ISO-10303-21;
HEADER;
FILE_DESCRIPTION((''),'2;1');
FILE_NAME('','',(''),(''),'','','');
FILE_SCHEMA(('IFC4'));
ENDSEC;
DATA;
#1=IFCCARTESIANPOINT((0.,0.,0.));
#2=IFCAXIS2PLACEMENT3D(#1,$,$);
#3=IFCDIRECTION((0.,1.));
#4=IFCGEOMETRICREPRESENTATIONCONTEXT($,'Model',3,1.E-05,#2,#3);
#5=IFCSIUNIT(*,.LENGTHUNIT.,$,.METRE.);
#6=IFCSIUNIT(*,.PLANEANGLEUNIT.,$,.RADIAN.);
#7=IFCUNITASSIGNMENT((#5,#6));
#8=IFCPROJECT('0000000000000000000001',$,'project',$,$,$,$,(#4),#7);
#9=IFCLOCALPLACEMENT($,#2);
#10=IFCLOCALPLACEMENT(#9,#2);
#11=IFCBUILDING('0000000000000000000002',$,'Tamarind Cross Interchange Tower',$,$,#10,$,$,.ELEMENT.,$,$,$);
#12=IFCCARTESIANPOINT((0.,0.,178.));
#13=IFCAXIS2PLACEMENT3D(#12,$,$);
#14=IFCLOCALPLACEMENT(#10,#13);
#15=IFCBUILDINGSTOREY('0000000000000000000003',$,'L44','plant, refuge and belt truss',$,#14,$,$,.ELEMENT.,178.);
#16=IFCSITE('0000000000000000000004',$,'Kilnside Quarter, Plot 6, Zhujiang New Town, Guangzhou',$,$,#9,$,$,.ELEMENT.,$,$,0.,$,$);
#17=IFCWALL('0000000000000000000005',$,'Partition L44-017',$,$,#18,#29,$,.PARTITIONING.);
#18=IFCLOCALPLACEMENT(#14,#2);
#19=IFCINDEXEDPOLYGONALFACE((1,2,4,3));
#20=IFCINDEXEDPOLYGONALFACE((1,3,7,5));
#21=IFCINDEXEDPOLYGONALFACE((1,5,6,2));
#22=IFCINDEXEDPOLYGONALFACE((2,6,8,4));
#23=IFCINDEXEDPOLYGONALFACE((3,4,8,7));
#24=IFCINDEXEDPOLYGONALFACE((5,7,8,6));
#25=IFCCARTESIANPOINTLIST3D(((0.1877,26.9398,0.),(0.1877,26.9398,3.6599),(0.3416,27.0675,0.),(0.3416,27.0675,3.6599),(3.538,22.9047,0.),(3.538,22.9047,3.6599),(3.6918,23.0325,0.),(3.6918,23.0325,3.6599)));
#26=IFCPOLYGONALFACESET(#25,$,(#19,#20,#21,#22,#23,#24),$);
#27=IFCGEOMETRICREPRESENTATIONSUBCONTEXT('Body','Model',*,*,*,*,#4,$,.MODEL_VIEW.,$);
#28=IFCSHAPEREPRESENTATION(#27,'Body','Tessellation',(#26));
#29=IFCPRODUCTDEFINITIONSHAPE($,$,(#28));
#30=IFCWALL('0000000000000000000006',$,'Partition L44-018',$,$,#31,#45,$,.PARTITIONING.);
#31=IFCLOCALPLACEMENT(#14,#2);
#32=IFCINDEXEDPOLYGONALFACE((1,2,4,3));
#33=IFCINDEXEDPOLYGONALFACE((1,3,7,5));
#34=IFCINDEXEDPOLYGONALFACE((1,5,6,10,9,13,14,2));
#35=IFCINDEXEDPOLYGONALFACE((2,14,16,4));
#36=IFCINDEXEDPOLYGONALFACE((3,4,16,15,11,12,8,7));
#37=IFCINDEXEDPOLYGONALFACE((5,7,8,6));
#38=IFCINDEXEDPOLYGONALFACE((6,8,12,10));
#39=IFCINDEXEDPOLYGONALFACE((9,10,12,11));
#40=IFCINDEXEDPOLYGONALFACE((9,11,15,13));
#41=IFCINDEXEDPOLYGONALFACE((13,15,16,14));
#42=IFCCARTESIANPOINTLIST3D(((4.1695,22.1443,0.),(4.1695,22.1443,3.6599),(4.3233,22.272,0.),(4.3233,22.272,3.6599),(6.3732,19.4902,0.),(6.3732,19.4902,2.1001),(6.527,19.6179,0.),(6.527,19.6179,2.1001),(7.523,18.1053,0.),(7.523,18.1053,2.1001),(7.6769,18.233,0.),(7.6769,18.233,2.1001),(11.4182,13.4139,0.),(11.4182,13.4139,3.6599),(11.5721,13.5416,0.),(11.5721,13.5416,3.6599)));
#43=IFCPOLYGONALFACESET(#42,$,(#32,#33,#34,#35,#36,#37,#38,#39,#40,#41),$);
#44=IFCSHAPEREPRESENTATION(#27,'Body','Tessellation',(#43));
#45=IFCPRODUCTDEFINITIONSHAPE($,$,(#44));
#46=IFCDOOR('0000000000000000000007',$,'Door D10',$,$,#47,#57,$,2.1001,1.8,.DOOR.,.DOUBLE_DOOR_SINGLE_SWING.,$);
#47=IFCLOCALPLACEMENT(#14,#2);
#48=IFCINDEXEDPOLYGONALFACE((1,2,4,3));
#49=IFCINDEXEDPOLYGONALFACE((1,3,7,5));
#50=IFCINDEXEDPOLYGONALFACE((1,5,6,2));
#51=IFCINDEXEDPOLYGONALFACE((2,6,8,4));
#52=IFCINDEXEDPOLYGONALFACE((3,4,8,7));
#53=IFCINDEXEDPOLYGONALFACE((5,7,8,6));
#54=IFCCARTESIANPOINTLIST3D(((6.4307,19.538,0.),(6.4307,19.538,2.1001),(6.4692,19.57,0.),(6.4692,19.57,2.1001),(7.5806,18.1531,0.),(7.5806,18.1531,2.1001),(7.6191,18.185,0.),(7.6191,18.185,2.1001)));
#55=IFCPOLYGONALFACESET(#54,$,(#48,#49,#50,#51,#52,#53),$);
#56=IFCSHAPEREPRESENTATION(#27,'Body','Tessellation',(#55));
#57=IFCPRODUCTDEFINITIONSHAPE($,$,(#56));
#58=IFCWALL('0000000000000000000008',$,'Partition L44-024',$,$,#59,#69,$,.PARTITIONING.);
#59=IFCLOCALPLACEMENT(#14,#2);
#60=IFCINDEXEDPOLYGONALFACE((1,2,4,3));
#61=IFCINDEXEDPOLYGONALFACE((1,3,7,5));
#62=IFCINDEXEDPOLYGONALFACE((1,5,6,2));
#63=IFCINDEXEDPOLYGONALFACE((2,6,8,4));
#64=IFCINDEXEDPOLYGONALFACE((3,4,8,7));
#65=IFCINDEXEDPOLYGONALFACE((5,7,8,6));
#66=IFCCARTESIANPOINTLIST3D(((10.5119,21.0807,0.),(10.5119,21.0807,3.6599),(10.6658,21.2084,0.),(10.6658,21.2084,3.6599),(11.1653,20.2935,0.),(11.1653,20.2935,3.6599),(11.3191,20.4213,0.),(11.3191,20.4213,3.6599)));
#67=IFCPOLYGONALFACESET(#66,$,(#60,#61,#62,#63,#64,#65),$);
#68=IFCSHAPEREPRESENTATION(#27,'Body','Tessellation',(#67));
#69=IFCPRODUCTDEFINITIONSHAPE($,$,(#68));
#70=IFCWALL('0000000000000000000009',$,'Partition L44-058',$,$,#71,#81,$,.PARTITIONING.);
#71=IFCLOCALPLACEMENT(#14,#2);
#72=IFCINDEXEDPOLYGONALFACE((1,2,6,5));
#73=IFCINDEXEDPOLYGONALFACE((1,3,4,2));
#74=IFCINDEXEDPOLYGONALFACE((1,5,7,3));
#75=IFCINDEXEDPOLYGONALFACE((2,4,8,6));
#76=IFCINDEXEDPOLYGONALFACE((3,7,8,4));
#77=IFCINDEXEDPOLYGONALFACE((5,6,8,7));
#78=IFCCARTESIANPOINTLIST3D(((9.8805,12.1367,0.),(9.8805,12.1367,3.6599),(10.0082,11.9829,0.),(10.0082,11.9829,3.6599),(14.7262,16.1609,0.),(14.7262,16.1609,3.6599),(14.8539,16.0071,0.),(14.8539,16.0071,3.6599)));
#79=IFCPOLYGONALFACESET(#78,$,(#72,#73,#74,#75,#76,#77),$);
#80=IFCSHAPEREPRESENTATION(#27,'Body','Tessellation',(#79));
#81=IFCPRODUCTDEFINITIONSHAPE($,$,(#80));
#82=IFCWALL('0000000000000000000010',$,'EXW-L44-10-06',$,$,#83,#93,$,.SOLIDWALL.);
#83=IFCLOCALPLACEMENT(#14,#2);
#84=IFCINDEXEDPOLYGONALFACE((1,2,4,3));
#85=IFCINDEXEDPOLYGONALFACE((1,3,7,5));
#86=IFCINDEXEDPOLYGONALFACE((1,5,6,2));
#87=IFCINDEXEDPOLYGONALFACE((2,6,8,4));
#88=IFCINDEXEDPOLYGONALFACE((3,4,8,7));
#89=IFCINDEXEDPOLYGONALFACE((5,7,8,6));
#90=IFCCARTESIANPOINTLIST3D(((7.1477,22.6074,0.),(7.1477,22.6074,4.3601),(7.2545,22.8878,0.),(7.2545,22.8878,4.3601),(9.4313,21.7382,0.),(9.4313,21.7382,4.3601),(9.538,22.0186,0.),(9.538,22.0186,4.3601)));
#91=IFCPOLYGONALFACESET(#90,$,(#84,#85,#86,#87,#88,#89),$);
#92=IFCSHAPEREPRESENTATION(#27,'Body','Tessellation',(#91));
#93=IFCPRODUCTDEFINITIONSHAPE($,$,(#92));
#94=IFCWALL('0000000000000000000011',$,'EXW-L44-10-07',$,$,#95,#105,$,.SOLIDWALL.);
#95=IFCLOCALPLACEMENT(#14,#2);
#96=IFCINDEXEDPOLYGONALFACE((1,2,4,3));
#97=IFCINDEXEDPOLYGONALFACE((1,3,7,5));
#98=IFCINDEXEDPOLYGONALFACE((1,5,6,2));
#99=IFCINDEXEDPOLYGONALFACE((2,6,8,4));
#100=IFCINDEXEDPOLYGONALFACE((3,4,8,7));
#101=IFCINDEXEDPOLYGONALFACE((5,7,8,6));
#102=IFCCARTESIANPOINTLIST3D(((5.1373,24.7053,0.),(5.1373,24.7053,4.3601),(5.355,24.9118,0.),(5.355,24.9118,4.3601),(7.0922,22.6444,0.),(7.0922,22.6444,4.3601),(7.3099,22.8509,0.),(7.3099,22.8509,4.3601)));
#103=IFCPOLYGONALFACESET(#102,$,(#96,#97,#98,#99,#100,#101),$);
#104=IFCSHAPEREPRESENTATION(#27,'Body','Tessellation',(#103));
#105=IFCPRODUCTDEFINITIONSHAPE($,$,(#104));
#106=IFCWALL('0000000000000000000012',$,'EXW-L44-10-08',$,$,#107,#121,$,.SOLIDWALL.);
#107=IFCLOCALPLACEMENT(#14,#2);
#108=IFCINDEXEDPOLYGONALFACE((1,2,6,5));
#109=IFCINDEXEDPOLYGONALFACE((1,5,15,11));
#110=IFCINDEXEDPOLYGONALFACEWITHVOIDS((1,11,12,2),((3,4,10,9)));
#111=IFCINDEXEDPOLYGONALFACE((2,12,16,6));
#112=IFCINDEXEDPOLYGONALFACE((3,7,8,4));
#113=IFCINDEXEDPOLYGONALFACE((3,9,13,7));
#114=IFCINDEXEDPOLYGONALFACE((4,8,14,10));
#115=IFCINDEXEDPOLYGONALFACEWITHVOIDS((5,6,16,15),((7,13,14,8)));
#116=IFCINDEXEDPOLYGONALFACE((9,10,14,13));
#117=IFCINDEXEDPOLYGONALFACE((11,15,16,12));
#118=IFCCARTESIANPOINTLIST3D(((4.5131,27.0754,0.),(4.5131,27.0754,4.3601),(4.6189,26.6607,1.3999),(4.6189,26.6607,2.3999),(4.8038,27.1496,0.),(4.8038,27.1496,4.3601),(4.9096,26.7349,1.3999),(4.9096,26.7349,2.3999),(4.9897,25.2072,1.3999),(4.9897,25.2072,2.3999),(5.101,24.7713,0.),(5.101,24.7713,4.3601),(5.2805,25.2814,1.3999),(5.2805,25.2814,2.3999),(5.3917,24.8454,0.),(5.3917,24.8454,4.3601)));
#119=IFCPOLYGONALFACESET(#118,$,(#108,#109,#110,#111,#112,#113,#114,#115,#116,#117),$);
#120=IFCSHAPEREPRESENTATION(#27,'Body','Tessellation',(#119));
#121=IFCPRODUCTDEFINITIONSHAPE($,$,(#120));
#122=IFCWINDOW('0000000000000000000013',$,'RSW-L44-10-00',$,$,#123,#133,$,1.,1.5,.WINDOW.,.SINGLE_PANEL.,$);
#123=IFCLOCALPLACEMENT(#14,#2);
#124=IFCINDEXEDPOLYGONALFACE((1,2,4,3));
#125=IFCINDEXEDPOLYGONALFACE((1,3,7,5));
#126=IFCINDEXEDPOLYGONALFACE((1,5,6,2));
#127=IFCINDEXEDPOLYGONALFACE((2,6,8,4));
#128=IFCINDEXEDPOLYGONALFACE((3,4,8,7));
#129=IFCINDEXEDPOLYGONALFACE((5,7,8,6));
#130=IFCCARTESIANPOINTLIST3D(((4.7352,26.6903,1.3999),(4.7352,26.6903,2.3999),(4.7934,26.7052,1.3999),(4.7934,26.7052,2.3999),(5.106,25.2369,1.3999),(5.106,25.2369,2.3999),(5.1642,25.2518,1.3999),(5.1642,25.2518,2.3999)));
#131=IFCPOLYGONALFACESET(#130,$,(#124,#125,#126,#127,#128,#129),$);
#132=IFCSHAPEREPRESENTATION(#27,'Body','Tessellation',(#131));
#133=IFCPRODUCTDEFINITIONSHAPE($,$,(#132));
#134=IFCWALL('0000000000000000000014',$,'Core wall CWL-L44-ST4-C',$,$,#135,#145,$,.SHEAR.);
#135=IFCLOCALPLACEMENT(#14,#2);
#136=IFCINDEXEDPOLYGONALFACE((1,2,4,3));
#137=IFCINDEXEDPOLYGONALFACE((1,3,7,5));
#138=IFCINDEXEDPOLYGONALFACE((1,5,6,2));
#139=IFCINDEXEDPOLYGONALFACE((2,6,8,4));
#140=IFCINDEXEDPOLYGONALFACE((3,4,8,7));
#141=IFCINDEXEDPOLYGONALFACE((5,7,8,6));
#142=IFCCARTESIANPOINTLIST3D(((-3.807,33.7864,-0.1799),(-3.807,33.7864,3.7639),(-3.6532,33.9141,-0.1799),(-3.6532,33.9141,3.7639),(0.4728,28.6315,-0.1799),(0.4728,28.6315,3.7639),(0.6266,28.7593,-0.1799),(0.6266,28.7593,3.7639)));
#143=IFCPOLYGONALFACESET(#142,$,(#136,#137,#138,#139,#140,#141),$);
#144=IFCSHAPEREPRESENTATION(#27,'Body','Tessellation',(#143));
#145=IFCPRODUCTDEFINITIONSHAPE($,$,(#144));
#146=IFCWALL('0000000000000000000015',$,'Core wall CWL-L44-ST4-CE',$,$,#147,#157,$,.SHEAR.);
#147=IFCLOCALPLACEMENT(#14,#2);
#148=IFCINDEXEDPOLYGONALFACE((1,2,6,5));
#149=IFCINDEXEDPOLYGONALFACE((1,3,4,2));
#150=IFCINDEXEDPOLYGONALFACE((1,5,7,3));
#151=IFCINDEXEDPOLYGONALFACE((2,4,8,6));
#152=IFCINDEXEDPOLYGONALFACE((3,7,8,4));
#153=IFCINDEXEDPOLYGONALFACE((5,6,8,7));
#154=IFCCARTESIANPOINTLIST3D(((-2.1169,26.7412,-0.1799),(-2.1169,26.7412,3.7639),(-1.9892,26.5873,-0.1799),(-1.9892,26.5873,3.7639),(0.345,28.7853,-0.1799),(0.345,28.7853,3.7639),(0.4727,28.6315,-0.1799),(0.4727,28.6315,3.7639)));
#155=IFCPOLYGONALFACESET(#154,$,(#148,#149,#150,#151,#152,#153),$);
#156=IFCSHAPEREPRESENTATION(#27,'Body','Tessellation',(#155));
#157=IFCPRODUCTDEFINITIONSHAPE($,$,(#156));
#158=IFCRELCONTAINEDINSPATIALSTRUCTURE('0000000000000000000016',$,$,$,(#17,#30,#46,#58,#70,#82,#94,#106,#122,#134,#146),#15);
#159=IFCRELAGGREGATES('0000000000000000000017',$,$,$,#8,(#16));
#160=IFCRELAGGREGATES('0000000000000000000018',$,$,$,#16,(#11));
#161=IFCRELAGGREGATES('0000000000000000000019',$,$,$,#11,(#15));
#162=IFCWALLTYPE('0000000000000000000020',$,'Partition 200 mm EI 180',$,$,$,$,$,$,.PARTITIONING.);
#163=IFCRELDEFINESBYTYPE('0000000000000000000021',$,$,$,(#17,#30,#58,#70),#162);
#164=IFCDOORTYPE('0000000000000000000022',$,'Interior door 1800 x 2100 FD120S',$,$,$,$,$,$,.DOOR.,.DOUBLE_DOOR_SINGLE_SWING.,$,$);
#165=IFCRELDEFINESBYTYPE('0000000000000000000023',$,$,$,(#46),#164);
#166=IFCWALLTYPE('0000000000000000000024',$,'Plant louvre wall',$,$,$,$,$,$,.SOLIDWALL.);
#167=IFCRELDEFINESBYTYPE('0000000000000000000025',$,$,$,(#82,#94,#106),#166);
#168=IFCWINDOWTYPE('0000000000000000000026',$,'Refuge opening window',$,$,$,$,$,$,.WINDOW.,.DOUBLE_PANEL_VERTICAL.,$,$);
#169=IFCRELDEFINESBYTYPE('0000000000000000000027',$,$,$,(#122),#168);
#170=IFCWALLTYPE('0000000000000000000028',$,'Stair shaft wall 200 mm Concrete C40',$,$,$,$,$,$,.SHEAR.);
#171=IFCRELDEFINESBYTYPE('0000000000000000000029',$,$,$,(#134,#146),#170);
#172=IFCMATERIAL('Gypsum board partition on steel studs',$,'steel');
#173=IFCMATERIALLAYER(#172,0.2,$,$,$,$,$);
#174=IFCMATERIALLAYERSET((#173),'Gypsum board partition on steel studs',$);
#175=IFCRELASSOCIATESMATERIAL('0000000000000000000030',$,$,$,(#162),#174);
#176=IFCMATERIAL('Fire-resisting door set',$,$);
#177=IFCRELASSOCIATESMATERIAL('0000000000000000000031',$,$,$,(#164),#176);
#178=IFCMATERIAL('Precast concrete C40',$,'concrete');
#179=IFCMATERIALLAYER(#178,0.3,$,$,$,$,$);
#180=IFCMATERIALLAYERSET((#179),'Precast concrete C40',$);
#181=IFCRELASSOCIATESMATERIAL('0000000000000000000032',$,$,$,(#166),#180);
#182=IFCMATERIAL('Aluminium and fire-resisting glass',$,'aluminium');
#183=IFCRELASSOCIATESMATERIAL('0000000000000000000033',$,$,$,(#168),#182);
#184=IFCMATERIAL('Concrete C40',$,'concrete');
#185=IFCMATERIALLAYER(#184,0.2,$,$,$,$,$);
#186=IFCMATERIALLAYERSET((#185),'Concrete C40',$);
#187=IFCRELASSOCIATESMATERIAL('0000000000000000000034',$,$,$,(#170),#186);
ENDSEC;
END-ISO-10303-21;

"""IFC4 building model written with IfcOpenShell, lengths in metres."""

from ifc_helpers import new_model, si_unit, direction, frame, frame_2d, origin, place, context, subcontext, project, spatial, rectangle, extrude, material, layer, layer_set, type_object, element, fill, save


model = new_model("IFC4")

# Units and contexts
model_context = context("Model", 3, precision=1e-05, world=origin(), true_north=direction((0.0, 1.0)))
body_context = subcontext(model_context, "Body", "Model", "MODEL_VIEW")
ifc_project = project(units=[si_unit("LENGTHUNIT", "METRE"), si_unit("PLANEANGLEUNIT", "RADIAN")], contexts=[model_context])

# Site, building, storey
site_placement = place(None, origin())
site = spatial("IfcSite", under=ifc_project, at=site_placement, Name="Kilnside Quarter, Plot 6, Zhujiang New Town, Guangzhou", CompositionType="ELEMENT", RefElevation=0.0)
building_placement = place(site_placement, origin())
building = spatial("IfcBuilding", under=site, at=building_placement, Name="Tamarind Cross Interchange Tower", CompositionType="ELEMENT")
storey_placement = place(building_placement, frame((0.0, 0.0, 178.0)))
storey = spatial("IfcBuildingStorey", under=building, at=storey_placement, Name="L44", Description="plant, refuge and belt truss", CompositionType="ELEMENT", Elevation=178.0)

# Wall
ifc_material_1 = material(Name="Gypsum board partition on steel studs", Category="steel")
ifc_layer_1 = layer(ifc_material_1, 0.2)
ifc_layer_set_1 = layer_set([ifc_layer_1], Name="Gypsum board partition on steel studs")
wall_type_1 = type_object("IfcWallType", Name="Partition 200 mm EI 180", PredefinedType="PARTITIONING", material=ifc_layer_set_1)
wall_1_placement = place(storey_placement, frame((0.2646, 27.0037, 0.0), z_axis=(0.0, 0.0, 1.0), x_axis=(0.638801, -0.769372, 0.0)))
element("IfcWall", 1, at=wall_1_placement, inside=storey, type_object=wall_type_1, Name="Partition L44-017", PredefinedType="PARTITIONING", context=body_context, shape_type="SweptSolid", body=[
    extrude(rectangle(XDim=5.2446, YDim=0.2, at=frame_2d((2.6223, 0.0))), origin(), (0.0, 0.0, 1.0), 3.6599),
])

# Wall, opening, door
wall_2_placement = place(storey_placement, frame((4.2463, 22.2083, 0.0), z_axis=(0.0, 0.0, 1.0), x_axis=(0.638799, -0.769373, 0.0)))
wall_2 = element("IfcWall", 2, at=wall_2_placement, inside=storey, type_object=wall_type_1, Name="Partition L44-018", PredefinedType="PARTITIONING", context=body_context, shape_type="SweptSolid", body=[
    extrude(rectangle(XDim=11.3474, YDim=0.2, at=frame_2d((5.6738, 0.0))), origin(), (0.0, 0.0, 1.0), 3.6599),
])
opening_1_placement = place(wall_2_placement, frame((3.45, 0.0, 0.0)))
opening_1 = element("IfcOpeningElement", 3, at=opening_1_placement, cuts=wall_2, PredefinedType="OPENING", context=body_context, shape_type="SweptSolid", body=[
    extrude(rectangle(XDim=1.8, YDim=2.1001, at=frame_2d((0.8999, 1.05))), frame((0.0, 0.1099, 0.0), z_axis=(0.0, -1.0, 0.0), x_axis=(1.0, 0.0, 0.0)), (0.0, 0.0, 1.0), 0.22),
])
ifc_material_2 = material(Name="Fire-resisting door set")
door_type = type_object("IfcDoorType", Name="Interior door 1800 x 2100 FD120S", OperationType="DOUBLE_DOOR_SINGLE_SWING", PredefinedType="DOOR", material=ifc_material_2)
door_placement = place(opening_1_placement, origin())
door = element("IfcDoor", 4, at=door_placement, inside=storey, type_object=door_type, Name="Door D10", OperationType="DOUBLE_DOOR_SINGLE_SWING", OverallHeight=2.1001, OverallWidth=1.8, PredefinedType="DOOR", context=body_context, shape_type="SweptSolid", body=[
    extrude(rectangle(XDim=1.8, YDim=2.1001, at=frame_2d((0.8999, 1.05))), frame((0.0, 0.0249, 0.0), z_axis=(0.0, -1.0, 0.0), x_axis=(1.0, 0.0, 0.0)), (0.0, 0.0, 1.0), 0.05),
])
fill(opening_1, door)

# Walls
wall_3_placement = place(storey_placement, frame((10.5889, 21.1445, 0.0), z_axis=(0.0, 0.0, 1.0), x_axis=(0.638681, -0.769472, 0.0)))
element("IfcWall", 5, at=wall_3_placement, inside=storey, type_object=wall_type_1, Name="Partition L44-024", PredefinedType="PARTITIONING", context=body_context, shape_type="SweptSolid", body=[
    extrude(rectangle(XDim=1.0229, YDim=0.2, at=frame_2d((0.5115, 0.0))), origin(), (0.0, 0.0, 1.0), 3.6599),
])
wall_4_placement = place(storey_placement, frame((9.9443, 12.0598, 0.0), z_axis=(0.0, 0.0, 1.0), x_axis=(0.769307, 0.63888, 0.0)))
element("IfcWall", 6, at=wall_4_placement, inside=storey, type_object=wall_type_1, Name="Partition L44-058", PredefinedType="PARTITIONING", context=body_context, shape_type="SweptSolid", body=[
    extrude(rectangle(XDim=6.2988, YDim=0.2, at=frame_2d((3.1494, 0.0))), origin(), (0.0, 0.0, 1.0), 3.6599),
])
ifc_material_3 = material(Name="Precast concrete C40", Category="concrete")
ifc_layer_2 = layer(ifc_material_3, 0.3)
ifc_layer_set_2 = layer_set([ifc_layer_2], Name="Precast concrete C40")
wall_type_2 = type_object("IfcWallType", Name="Plant louvre wall", PredefinedType="SOLIDWALL", material=ifc_layer_set_2)
wall_5_placement = place(storey_placement, frame((9.4846, 21.8784, 0.0), z_axis=(0.0, 0.0, 1.0), x_axis=(-0.934589, 0.355729, 0.0)))
element("IfcWall", 7, at=wall_5_placement, inside=storey, type_object=wall_type_2, Name="EXW-L44-10-06", PredefinedType="SOLIDWALL", context=body_context, shape_type="SweptSolid", body=[
    extrude(rectangle(XDim=2.4434, YDim=0.3, at=frame_2d((1.2217, 0.0))), origin(), (0.0, 0.0, 1.0), 4.3601),
])
wall_6_placement = place(storey_placement, frame((7.2012, 22.7476, 0.0), z_axis=(0.0, 0.0, 1.0), x_axis=(-0.688209, 0.725512, 0.0)))
element("IfcWall", 8, at=wall_6_placement, inside=storey, type_object=wall_type_2, Name="EXW-L44-10-07", PredefinedType="SOLIDWALL", context=body_context, shape_type="SweptSolid", body=[
    extrude(rectangle(XDim=2.8406, YDim=0.3, at=frame_2d((1.4204, 0.0))), origin(), (0.0, 0.0, 1.0), 4.3601),
])

# Wall, opening, window
wall_7_placement = place(storey_placement, frame((5.2463, 24.8083, 0.0), z_axis=(0.0, 0.0, 1.0), x_axis=(-0.247219, 0.96896, 0.0)))
wall_7 = element("IfcWall", 9, at=wall_7_placement, inside=storey, type_object=wall_type_2, Name="EXW-L44-10-08", PredefinedType="SOLIDWALL", context=body_context, shape_type="SweptSolid", body=[
    extrude(rectangle(XDim=2.3779, YDim=0.3, at=frame_2d((1.189, 0.0))), origin(), (0.0, 0.0, 1.0), 4.3601),
])
opening_2_placement = place(wall_7_placement, frame((0.45, 0.0, 1.3999)))
opening_2 = element("IfcOpeningElement", 10, at=opening_2_placement, cuts=wall_7, PredefinedType="OPENING", context=body_context, shape_type="SweptSolid", body=[
    extrude(rectangle(XDim=1.5, YDim=1.0, at=frame_2d((0.75, 0.5))), frame((0.0, 0.1599, 0.0), z_axis=(0.0, -1.0, 0.0), x_axis=(1.0, 0.0, 0.0)), (0.0, 0.0, 1.0), 0.3201),
])
ifc_material_4 = material(Name="Aluminium and fire-resisting glass", Category="aluminium")
window_type_1 = type_object("IfcWindowType", Name="Refuge opening window", PartitioningType="DOUBLE_PANEL_VERTICAL", PredefinedType="WINDOW", material=ifc_material_4)
window_1_placement = place(opening_2_placement, origin())
window_1 = element("IfcWindow", 11, at=window_1_placement, inside=storey, type_object=window_type_1, Name="RSW-L44-10-00", OverallHeight=1.0, OverallWidth=1.5, PartitioningType="SINGLE_PANEL", PredefinedType="WINDOW", context=body_context, shape_type="SweptSolid", body=[
    extrude(rectangle(XDim=1.5, YDim=1.0, at=frame_2d((0.75, 0.5))), frame((0.0, 0.03, 0.0), z_axis=(0.0, -1.0, 0.0), x_axis=(1.0, 0.0, 0.0)), (0.0, 0.0, 1.0), 0.0601),
])
fill(opening_2, window_1)

# Walls
ifc_material_5 = material(Name="Concrete C40", Category="concrete")
ifc_layer_3 = layer(ifc_material_5, 0.2)
ifc_layer_set_3 = layer_set([ifc_layer_3], Name="Concrete C40")
wall_type_3 = type_object("IfcWallType", Name="Stair shaft wall 200 mm Concrete C40", PredefinedType="SHEAR", material=ifc_layer_set_3)
wall_8_placement = place(storey_placement, frame((0.5498, 28.6953, -0.1799), z_axis=(0.0, 0.0, 1.0), x_axis=(-0.638785, 0.769385, 0.0)))
element("IfcWall", 12, at=wall_8_placement, inside=storey, type_object=wall_type_3, Name="Core wall CWL-L44-ST4-C", PredefinedType="SHEAR", context=body_context, shape_type="SweptSolid", body=[
    extrude(rectangle(XDim=6.7, YDim=0.2, at=frame_2d((3.3501, 0.0))), origin(), (0.0, 0.0, 1.0), 3.9438),
])
wall_9_placement = place(storey_placement, frame((0.4089, 28.7085, -0.1799), z_axis=(0.0, 0.0, 1.0), x_axis=(-0.769358, -0.638818, 0.0)))
element("IfcWall", 13, at=wall_9_placement, inside=storey, type_object=wall_type_3, Name="Core wall CWL-L44-ST4-CE", PredefinedType="SHEAR", context=body_context, shape_type="SweptSolid", body=[
    extrude(rectangle(XDim=3.2, YDim=0.2, at=frame_2d((1.6001, 0.0))), origin(), (0.0, 0.0, 1.0), 3.9438),
])

save(model, "model.ifc")
